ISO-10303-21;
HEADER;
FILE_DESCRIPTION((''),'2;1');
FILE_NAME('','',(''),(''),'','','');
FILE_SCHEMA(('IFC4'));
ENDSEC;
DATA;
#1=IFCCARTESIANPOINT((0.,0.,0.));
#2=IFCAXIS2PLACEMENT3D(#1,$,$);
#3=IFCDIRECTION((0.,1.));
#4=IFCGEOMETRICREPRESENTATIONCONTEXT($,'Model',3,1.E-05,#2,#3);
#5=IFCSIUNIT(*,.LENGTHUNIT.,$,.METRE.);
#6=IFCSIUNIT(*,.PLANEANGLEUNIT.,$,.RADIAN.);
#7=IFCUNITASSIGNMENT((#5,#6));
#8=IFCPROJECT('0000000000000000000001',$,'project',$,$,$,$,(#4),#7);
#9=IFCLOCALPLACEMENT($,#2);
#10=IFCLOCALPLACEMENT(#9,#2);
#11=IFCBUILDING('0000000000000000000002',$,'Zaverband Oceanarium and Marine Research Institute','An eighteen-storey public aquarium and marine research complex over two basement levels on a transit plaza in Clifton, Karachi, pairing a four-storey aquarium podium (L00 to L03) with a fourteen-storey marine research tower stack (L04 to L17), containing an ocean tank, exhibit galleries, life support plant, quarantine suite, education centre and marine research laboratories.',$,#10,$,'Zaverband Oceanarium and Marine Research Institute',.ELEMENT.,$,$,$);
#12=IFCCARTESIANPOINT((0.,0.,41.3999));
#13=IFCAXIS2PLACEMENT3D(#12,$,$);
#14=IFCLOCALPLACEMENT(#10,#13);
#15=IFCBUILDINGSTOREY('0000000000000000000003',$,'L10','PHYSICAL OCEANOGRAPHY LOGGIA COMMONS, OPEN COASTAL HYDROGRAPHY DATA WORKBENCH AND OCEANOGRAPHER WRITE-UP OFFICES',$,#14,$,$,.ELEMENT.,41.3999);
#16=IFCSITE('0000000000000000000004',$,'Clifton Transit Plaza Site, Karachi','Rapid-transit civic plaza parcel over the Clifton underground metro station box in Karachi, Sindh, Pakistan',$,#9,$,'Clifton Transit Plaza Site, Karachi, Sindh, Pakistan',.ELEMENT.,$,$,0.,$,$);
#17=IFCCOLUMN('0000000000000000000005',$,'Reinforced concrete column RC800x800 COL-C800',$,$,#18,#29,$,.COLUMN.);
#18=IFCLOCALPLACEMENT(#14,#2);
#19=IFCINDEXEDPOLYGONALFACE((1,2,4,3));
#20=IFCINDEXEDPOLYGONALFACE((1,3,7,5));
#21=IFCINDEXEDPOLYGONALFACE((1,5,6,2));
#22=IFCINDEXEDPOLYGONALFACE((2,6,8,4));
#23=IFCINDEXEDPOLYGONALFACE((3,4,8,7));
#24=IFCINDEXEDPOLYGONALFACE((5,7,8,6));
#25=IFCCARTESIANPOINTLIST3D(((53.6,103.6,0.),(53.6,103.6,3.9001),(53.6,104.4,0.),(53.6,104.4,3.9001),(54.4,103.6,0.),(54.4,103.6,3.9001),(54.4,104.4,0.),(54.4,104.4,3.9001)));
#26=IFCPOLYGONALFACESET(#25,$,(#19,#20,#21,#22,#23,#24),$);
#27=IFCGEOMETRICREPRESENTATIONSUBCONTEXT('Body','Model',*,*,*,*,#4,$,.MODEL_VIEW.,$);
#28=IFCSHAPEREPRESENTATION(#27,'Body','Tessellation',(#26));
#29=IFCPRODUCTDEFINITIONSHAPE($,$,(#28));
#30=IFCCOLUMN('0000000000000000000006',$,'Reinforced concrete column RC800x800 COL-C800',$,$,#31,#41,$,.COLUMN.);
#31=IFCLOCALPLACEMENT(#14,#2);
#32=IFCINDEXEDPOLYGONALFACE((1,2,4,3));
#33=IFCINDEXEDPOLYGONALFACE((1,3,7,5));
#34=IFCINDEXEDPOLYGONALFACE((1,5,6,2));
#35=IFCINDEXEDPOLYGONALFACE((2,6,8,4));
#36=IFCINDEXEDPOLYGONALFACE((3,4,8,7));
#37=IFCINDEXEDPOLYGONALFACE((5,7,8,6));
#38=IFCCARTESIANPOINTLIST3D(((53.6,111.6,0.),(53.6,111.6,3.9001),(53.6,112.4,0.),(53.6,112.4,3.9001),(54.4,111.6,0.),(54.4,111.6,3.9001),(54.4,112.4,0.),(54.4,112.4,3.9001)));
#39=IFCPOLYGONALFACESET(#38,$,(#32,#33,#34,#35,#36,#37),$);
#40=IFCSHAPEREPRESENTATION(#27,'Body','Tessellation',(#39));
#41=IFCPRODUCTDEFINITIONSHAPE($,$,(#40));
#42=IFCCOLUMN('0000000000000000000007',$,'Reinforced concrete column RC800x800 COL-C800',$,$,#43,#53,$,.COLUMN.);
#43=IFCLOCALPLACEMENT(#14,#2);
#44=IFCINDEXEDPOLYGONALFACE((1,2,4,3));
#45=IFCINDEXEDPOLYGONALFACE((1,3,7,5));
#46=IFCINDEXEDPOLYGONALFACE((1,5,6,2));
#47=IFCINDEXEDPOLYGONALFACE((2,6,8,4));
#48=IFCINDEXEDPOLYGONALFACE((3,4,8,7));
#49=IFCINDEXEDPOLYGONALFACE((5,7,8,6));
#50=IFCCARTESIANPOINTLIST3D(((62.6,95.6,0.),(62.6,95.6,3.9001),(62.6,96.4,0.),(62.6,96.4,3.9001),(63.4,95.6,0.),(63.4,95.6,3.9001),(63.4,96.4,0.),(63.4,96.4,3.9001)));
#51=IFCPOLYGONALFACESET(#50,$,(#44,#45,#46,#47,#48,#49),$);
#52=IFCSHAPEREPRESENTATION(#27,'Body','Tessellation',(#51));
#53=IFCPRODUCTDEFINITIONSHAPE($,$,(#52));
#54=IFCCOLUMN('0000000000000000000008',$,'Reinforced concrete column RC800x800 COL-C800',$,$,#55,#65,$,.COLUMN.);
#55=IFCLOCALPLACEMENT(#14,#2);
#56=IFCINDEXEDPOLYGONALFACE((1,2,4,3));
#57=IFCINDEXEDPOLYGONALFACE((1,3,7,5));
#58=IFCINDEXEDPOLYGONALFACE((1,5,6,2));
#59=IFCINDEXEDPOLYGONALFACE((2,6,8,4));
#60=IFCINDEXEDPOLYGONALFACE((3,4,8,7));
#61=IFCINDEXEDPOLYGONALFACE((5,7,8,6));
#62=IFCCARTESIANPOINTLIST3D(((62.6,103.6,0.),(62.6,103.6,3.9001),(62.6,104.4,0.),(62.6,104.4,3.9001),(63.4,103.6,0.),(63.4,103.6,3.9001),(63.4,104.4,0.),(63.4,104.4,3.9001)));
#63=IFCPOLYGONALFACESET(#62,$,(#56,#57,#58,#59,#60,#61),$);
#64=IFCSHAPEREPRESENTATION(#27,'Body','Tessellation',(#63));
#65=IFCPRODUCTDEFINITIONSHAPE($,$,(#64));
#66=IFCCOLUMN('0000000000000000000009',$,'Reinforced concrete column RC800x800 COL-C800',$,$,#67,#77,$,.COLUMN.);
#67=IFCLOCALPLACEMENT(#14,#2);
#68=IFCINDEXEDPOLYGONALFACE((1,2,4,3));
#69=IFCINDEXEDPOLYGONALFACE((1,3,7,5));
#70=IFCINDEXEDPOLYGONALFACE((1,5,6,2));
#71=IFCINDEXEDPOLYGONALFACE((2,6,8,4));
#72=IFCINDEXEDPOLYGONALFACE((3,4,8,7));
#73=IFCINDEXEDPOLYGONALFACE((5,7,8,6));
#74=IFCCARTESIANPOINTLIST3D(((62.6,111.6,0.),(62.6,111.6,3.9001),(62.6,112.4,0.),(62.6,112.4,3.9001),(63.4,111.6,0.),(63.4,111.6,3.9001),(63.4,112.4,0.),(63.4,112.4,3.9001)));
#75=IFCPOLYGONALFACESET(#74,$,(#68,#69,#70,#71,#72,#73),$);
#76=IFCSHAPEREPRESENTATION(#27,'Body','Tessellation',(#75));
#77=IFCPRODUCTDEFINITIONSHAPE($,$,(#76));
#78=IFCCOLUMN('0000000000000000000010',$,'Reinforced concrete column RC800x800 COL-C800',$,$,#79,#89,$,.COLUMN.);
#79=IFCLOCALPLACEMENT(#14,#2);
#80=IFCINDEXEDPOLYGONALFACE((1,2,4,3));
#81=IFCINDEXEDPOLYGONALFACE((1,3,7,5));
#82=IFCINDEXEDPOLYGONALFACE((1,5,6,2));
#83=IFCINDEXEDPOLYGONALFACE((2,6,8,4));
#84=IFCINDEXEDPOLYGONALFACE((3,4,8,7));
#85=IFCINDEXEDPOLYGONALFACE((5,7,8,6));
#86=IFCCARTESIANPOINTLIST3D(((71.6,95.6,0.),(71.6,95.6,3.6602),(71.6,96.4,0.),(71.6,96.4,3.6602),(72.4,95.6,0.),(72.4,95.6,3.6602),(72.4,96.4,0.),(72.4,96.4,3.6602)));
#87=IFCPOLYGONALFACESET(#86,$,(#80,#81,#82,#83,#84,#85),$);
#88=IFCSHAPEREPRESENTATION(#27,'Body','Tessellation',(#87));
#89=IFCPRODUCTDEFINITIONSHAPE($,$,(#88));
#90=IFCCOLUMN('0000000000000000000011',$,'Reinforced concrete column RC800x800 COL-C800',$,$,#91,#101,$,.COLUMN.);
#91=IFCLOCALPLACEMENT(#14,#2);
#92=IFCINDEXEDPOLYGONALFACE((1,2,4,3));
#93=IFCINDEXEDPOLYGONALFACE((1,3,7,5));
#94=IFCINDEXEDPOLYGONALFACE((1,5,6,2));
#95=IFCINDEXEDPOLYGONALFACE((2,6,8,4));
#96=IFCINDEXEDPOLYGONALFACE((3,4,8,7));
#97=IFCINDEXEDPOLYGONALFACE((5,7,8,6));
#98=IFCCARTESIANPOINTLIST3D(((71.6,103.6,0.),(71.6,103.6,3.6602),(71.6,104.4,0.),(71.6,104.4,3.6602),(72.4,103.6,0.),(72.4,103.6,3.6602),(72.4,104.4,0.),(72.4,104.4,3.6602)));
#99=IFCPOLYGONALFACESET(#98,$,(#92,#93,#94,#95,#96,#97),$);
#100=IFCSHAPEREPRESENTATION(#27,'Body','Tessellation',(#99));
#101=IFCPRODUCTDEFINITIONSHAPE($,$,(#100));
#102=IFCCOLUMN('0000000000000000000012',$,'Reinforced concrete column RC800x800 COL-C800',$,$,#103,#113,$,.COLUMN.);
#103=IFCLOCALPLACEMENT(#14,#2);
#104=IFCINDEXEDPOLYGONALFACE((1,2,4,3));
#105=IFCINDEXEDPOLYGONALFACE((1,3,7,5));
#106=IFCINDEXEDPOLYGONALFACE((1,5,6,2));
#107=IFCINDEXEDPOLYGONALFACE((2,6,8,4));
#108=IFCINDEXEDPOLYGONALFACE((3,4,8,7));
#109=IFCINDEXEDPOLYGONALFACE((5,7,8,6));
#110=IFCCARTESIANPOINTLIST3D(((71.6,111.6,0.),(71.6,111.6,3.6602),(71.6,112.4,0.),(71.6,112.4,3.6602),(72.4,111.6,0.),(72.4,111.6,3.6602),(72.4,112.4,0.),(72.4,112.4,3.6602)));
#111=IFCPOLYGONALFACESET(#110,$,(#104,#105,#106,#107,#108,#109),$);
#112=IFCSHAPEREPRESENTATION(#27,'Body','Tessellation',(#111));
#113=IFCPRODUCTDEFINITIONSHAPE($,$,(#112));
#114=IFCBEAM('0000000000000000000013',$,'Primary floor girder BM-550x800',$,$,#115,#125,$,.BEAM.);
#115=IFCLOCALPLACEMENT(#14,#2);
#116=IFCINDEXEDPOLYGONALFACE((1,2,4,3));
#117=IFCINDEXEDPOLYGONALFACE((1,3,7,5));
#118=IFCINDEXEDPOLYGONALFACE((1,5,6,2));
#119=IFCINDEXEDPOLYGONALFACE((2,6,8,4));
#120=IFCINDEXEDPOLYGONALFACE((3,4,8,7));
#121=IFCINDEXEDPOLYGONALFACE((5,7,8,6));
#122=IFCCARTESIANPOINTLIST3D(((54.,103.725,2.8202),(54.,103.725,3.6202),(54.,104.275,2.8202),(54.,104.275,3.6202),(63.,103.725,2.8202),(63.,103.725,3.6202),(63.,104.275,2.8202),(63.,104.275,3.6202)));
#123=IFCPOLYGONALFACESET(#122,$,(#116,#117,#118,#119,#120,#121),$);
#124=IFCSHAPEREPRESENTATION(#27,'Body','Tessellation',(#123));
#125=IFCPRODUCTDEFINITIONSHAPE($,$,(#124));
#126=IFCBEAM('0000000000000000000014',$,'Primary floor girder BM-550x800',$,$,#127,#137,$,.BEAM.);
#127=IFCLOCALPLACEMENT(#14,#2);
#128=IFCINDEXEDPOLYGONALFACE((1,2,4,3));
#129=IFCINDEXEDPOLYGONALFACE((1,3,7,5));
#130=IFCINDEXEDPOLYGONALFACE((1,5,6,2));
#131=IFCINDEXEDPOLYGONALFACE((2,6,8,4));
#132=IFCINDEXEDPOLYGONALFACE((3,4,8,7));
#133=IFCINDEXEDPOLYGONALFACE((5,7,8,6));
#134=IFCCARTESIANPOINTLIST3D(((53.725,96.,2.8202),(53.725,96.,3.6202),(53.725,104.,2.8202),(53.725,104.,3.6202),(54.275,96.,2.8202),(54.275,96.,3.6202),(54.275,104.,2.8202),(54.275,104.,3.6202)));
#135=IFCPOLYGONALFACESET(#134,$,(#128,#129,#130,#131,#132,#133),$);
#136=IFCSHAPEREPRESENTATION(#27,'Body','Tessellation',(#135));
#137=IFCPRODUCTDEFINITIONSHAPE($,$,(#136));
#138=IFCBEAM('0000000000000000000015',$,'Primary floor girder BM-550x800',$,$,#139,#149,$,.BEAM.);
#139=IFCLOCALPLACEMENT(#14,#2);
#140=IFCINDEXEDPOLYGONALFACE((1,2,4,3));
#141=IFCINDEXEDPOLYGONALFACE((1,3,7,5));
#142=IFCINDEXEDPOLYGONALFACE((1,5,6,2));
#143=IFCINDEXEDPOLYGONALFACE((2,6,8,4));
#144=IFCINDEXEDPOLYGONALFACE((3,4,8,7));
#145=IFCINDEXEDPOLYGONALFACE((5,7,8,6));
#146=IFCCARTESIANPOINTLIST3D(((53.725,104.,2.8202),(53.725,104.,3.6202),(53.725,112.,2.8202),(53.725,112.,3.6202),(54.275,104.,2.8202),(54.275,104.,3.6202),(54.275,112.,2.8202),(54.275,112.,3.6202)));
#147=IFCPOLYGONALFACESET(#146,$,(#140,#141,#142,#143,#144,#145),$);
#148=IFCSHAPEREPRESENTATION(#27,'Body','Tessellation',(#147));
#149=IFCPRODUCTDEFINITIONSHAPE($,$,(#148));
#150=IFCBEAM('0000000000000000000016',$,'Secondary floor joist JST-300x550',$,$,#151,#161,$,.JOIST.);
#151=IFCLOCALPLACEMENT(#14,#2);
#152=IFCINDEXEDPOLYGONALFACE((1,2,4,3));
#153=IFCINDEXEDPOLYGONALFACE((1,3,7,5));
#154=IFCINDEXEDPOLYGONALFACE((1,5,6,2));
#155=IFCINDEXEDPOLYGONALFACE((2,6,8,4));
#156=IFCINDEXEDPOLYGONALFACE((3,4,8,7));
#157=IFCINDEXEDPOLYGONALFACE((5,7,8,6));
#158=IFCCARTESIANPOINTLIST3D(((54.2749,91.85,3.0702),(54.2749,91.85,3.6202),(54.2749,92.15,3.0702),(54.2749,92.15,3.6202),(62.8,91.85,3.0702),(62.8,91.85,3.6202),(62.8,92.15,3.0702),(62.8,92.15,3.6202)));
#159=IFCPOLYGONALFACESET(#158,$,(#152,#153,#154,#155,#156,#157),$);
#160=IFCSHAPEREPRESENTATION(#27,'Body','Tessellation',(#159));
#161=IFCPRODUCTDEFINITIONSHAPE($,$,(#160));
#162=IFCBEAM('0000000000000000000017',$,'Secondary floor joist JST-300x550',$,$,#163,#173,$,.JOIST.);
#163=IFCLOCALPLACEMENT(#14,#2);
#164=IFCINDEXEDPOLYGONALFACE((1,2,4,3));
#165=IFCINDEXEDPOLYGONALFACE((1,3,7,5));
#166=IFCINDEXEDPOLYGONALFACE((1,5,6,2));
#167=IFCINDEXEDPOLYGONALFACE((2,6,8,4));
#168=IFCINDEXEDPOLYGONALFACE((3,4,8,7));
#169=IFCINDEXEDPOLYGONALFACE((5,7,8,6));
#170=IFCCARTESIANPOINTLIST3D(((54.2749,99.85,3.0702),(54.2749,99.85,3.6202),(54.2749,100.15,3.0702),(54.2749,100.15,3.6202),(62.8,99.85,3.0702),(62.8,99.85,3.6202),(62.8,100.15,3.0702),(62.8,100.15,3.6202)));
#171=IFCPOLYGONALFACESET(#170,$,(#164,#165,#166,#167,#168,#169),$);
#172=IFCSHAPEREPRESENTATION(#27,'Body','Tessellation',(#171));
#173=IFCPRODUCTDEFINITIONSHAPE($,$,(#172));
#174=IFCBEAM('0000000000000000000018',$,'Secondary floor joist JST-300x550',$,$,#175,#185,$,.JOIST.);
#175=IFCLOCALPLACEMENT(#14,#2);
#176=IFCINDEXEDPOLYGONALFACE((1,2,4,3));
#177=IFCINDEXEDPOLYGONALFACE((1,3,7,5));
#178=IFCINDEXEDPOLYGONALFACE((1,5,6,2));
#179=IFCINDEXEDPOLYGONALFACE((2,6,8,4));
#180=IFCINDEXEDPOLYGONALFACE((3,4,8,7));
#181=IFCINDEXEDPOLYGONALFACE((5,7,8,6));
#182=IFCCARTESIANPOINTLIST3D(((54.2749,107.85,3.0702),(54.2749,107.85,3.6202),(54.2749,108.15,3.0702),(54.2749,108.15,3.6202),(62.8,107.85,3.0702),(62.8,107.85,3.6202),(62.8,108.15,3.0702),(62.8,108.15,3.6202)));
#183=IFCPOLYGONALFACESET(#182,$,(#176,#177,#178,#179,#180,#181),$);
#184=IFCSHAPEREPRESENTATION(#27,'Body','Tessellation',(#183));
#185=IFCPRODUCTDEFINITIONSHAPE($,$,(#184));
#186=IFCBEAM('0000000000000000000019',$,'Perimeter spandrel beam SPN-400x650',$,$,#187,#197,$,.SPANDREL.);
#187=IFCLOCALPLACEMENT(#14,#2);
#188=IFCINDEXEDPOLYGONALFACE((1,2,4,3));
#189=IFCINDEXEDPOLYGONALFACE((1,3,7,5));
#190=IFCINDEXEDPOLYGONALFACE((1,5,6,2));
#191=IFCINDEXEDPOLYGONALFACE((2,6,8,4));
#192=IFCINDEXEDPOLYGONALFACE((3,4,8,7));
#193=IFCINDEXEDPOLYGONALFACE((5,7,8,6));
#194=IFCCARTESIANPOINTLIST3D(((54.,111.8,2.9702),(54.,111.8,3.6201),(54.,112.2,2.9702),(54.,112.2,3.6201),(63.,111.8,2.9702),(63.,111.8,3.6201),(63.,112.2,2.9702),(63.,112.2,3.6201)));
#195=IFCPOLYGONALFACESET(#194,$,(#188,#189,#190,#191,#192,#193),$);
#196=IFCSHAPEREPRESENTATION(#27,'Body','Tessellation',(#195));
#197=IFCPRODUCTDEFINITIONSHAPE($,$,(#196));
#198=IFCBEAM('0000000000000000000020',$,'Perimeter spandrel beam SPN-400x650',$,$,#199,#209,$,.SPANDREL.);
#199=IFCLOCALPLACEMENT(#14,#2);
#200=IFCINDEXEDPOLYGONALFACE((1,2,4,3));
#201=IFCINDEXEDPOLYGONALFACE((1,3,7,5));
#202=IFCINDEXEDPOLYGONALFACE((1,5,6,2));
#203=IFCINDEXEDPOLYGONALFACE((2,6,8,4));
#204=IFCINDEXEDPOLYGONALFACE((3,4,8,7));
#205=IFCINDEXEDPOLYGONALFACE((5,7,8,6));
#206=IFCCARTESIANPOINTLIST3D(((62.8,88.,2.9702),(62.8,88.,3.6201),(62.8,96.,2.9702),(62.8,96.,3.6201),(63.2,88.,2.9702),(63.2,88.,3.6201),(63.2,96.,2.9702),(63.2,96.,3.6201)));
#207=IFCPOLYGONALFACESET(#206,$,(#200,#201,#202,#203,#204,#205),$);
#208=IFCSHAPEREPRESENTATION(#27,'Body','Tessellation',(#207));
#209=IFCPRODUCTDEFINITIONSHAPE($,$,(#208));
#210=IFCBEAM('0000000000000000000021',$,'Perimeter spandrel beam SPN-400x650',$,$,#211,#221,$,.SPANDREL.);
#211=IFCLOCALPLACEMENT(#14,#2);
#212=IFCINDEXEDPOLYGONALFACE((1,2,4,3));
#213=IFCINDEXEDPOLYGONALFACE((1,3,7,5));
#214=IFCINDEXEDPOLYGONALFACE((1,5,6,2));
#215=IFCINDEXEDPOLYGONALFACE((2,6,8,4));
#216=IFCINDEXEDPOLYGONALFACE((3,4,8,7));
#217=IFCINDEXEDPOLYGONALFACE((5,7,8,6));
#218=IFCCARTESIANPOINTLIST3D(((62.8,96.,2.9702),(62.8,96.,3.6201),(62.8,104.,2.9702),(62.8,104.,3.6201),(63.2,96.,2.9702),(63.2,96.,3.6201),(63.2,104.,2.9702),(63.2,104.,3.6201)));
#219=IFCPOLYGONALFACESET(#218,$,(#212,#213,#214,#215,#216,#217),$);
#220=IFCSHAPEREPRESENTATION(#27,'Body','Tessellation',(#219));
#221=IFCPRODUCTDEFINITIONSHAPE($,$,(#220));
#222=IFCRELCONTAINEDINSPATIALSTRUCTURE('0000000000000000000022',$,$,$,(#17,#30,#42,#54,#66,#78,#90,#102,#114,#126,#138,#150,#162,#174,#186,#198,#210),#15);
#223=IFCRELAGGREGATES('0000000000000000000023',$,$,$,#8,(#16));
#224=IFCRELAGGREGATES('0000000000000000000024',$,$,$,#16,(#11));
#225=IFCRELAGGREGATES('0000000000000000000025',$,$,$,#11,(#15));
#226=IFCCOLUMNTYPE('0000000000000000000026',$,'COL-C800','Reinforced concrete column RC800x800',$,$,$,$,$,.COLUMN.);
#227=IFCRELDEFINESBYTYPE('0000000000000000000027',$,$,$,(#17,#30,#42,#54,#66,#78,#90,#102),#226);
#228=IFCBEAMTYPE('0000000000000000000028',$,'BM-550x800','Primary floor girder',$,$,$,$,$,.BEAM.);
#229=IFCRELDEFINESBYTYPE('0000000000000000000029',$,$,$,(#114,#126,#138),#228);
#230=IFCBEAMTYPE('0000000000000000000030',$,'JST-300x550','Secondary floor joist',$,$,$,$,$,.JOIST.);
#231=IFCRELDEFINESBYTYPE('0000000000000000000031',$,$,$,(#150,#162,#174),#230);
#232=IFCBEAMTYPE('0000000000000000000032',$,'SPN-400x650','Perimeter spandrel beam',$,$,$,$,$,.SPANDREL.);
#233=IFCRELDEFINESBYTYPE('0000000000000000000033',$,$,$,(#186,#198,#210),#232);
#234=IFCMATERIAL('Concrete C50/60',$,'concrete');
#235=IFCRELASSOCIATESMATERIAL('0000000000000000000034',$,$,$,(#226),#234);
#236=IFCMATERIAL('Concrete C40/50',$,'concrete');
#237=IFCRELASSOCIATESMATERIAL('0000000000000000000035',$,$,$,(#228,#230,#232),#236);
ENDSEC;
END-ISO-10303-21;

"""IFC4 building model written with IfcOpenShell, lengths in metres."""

from ifc_helpers import new_model, si_unit, direction, frame, origin, origin_2d, place, context, subcontext, project, spatial, rectangle, extrude, material, material_profile, profile_set, type_object, element, save


model = new_model("IFC4")

# Units and contexts
model_context = context("Model", 3, precision=1e-05, world=origin(), true_north=direction((0.0, 1.0)))
body_context = subcontext(model_context, "Body", "Model", "MODEL_VIEW")
ifc_project = project(units=[si_unit("LENGTHUNIT", "METRE"), si_unit("PLANEANGLEUNIT", "RADIAN")], contexts=[model_context])

# Site, building, storey
site_placement = place(None, origin())
site = spatial("IfcSite", under=ifc_project, at=site_placement, Name="Clifton Transit Plaza Site, Karachi", Description="Rapid-transit civic plaza parcel over the Clifton underground metro station box in Karachi, Sindh, Pakistan", LongName="Clifton Transit Plaza Site, Karachi, Sindh, Pakistan", CompositionType="ELEMENT", RefElevation=0.0)
building_placement = place(site_placement, origin())
building = spatial("IfcBuilding", under=site, at=building_placement, Name="Zaverband Oceanarium and Marine Research Institute", Description="An eighteen-storey public aquarium and marine research complex over two basement levels on a transit plaza in Clifton, Karachi, pairing a four-storey aquarium podium (L00 to L03) with a fourteen-storey marine research tower stack (L04 to L17), containing an ocean tank, exhibit galleries, life support plant, quarantine suite, education centre and marine research laboratories.", LongName="Zaverband Oceanarium and Marine Research Institute", CompositionType="ELEMENT")
storey_placement = place(building_placement, frame((0.0, 0.0, 41.3999)))
storey = spatial("IfcBuildingStorey", under=building, at=storey_placement, Name="L10", Description="PHYSICAL OCEANOGRAPHY LOGGIA COMMONS, OPEN COASTAL HYDROGRAPHY DATA WORKBENCH AND OCEANOGRAPHER WRITE-UP OFFICES", CompositionType="ELEMENT", Elevation=41.3999)

# Columns
ifc_material_1 = material(Name="Concrete C50/60", Category="concrete")
ifc_material_profile_1 = material_profile(ifc_material_1, rectangle(XDim=0.8, YDim=0.8, at=origin_2d()), Name="RC800x800")
ifc_profile_set_1 = profile_set([ifc_material_profile_1], Name="Concrete C50/60")
column_type = type_object("IfcColumnType", Name="COL-C800", Description="Reinforced concrete column RC800x800", PredefinedType="COLUMN", material=ifc_profile_set_1)
for number, where, z_axis, x_axis, name in (
    (1, (54.0, 104.0, 0.0), (0.0, 0.0, 1.0), (1.0, 0.0, 0.0), "Reinforced concrete column RC800x800 COL-C800"),
    (2, (54.0, 112.0, 0.0), (0.0, 0.0, 1.0), (1.0, 0.0, 0.0), "Reinforced concrete column RC800x800 COL-C800"),
    (3, (63.0, 96.0, 0.0), (0.0, 0.0, 1.0), (1.0, 0.0, 0.0), "Reinforced concrete column RC800x800 COL-C800"),
    (4, (63.0, 104.0, 0.0), (0.0, 0.0, 1.0), (1.0, 0.0, 0.0), "Reinforced concrete column RC800x800 COL-C800"),
    (5, (63.0, 112.0, 0.0), (0.0, 0.0, 1.0), (1.0, 0.0, 0.0), "Reinforced concrete column RC800x800 COL-C800"),
):
    element("IfcColumn", number, at=place(storey_placement, frame(where, z_axis=z_axis, x_axis=x_axis)), inside=storey, type_object=column_type, Name=name, PredefinedType="COLUMN", context=body_context, shape_type="SweptSolid", body=[
        extrude(rectangle(XDim=0.8, YDim=0.8, at=origin_2d()), origin(), (0.0, 0.0, 1.0), 3.9001),
    ])
for number, where, z_axis, x_axis, name in (
    (6, (72.0, 96.0, 0.0), (0.0, 0.0, 1.0), (1.0, 0.0, 0.0), "Reinforced concrete column RC800x800 COL-C800"),
    (7, (72.0, 104.0, 0.0), (0.0, 0.0, 1.0), (1.0, 0.0, 0.0), "Reinforced concrete column RC800x800 COL-C800"),
    (8, (72.0, 112.0, 0.0), (0.0, 0.0, 1.0), (1.0, 0.0, 0.0), "Reinforced concrete column RC800x800 COL-C800"),
):
    element("IfcColumn", number, at=place(storey_placement, frame(where, z_axis=z_axis, x_axis=x_axis)), inside=storey, type_object=column_type, Name=name, PredefinedType="COLUMN", context=body_context, shape_type="SweptSolid", body=[
        extrude(rectangle(XDim=0.8, YDim=0.8, at=origin_2d()), origin(), (0.0, 0.0, 1.0), 3.6602),
    ])

# Beams
ifc_material_2 = material(Name="Concrete C40/50", Category="concrete")
ifc_material_profile_2 = material_profile(ifc_material_2, rectangle(XDim=0.55, YDim=0.8, at=origin_2d()), Name="RC550x800")
ifc_profile_set_2 = profile_set([ifc_material_profile_2], Name="Concrete C40/50")
beam_type_1 = type_object("IfcBeamType", Name="BM-550x800", Description="Primary floor girder", PredefinedType="BEAM", material=ifc_profile_set_2)
beam_1_placement = place(storey_placement, frame((54.0, 104.0, 3.2202), z_axis=(1.0, 0.0, 0.0), x_axis=(0.0, 1.0, 0.0)))
element("IfcBeam", 9, at=beam_1_placement, inside=storey, type_object=beam_type_1, Name="Primary floor girder BM-550x800", PredefinedType="BEAM", context=body_context, shape_type="SweptSolid", body=[
    extrude(rectangle(XDim=0.55, YDim=0.8, at=origin_2d()), origin(), (0.0, 0.0, 1.0), 9.0),
])
for number, where, z_axis, x_axis, name in (
    (10, (54.0, 96.0, 3.2202), (0.0, 1.0, 0.0), (-1.0, 0.0, 0.0), "Primary floor girder BM-550x800"),
    (11, (54.0, 104.0, 3.2202), (0.0, 1.0, 0.0), (-1.0, 0.0, 0.0), "Primary floor girder BM-550x800"),
):
    element("IfcBeam", number, at=place(storey_placement, frame(where, z_axis=z_axis, x_axis=x_axis)), inside=storey, type_object=beam_type_1, Name=name, PredefinedType="BEAM", context=body_context, shape_type="SweptSolid", body=[
        extrude(rectangle(XDim=0.55, YDim=0.8, at=origin_2d()), origin(), (0.0, 0.0, 1.0), 8.0),
    ])
ifc_material_profile_3 = material_profile(ifc_material_2, rectangle(XDim=0.3, YDim=0.55, at=origin_2d()), Name="RC300x550")
ifc_profile_set_3 = profile_set([ifc_material_profile_3], Name="Concrete C40/50")
beam_type_2 = type_object("IfcBeamType", Name="JST-300x550", Description="Secondary floor joist", PredefinedType="JOIST", material=ifc_profile_set_3)
for number, where, z_axis, x_axis, name in (
    (12, (54.2749, 92.0, 3.3452), (1.0, 0.0, 0.0), (0.0, 1.0, 0.0), "Secondary floor joist JST-300x550"),
    (13, (54.2749, 100.0, 3.3452), (1.0, 0.0, 0.0), (0.0, 1.0, 0.0), "Secondary floor joist JST-300x550"),
    (14, (54.2749, 108.0, 3.3452), (1.0, 0.0, 0.0), (0.0, 1.0, 0.0), "Secondary floor joist JST-300x550"),
):
    element("IfcBeam", number, at=place(storey_placement, frame(where, z_axis=z_axis, x_axis=x_axis)), inside=storey, type_object=beam_type_2, Name=name, PredefinedType="JOIST", context=body_context, shape_type="SweptSolid", body=[
        extrude(rectangle(XDim=0.3, YDim=0.55, at=origin_2d()), origin(), (0.0, 0.0, 1.0), 8.5251),
    ])
ifc_material_profile_4 = material_profile(ifc_material_2, rectangle(XDim=0.3999, YDim=0.6499, at=origin_2d()), Name="RC400x650")
ifc_profile_set_4 = profile_set([ifc_material_profile_4], Name="Concrete C40/50")
beam_type_3 = type_object("IfcBeamType", Name="SPN-400x650", Description="Perimeter spandrel beam", PredefinedType="SPANDREL", material=ifc_profile_set_4)
beam_2_placement = place(storey_placement, frame((54.0, 112.0, 3.2952), z_axis=(1.0, 0.0, 0.0), x_axis=(0.0, 1.0, 0.0)))
element("IfcBeam", 15, at=beam_2_placement, inside=storey, type_object=beam_type_3, Name="Perimeter spandrel beam SPN-400x650", PredefinedType="SPANDREL", context=body_context, shape_type="SweptSolid", body=[
    extrude(rectangle(XDim=0.3999, YDim=0.6499, at=origin_2d()), origin(), (0.0, 0.0, 1.0), 9.0),
])
for number, where, z_axis, x_axis, name in (
    (16, (63.0, 88.0, 3.2952), (0.0, 1.0, 0.0), (-1.0, 0.0, 0.0), "Perimeter spandrel beam SPN-400x650"),
    (17, (63.0, 96.0, 3.2952), (0.0, 1.0, 0.0), (-1.0, 0.0, 0.0), "Perimeter spandrel beam SPN-400x650"),
):
    element("IfcBeam", number, at=place(storey_placement, frame(where, z_axis=z_axis, x_axis=x_axis)), inside=storey, type_object=beam_type_3, Name=name, PredefinedType="SPANDREL", context=body_context, shape_type="SweptSolid", body=[
        extrude(rectangle(XDim=0.3999, YDim=0.6499, at=origin_2d()), origin(), (0.0, 0.0, 1.0), 8.0),
    ])

save(model, "model.ifc")
